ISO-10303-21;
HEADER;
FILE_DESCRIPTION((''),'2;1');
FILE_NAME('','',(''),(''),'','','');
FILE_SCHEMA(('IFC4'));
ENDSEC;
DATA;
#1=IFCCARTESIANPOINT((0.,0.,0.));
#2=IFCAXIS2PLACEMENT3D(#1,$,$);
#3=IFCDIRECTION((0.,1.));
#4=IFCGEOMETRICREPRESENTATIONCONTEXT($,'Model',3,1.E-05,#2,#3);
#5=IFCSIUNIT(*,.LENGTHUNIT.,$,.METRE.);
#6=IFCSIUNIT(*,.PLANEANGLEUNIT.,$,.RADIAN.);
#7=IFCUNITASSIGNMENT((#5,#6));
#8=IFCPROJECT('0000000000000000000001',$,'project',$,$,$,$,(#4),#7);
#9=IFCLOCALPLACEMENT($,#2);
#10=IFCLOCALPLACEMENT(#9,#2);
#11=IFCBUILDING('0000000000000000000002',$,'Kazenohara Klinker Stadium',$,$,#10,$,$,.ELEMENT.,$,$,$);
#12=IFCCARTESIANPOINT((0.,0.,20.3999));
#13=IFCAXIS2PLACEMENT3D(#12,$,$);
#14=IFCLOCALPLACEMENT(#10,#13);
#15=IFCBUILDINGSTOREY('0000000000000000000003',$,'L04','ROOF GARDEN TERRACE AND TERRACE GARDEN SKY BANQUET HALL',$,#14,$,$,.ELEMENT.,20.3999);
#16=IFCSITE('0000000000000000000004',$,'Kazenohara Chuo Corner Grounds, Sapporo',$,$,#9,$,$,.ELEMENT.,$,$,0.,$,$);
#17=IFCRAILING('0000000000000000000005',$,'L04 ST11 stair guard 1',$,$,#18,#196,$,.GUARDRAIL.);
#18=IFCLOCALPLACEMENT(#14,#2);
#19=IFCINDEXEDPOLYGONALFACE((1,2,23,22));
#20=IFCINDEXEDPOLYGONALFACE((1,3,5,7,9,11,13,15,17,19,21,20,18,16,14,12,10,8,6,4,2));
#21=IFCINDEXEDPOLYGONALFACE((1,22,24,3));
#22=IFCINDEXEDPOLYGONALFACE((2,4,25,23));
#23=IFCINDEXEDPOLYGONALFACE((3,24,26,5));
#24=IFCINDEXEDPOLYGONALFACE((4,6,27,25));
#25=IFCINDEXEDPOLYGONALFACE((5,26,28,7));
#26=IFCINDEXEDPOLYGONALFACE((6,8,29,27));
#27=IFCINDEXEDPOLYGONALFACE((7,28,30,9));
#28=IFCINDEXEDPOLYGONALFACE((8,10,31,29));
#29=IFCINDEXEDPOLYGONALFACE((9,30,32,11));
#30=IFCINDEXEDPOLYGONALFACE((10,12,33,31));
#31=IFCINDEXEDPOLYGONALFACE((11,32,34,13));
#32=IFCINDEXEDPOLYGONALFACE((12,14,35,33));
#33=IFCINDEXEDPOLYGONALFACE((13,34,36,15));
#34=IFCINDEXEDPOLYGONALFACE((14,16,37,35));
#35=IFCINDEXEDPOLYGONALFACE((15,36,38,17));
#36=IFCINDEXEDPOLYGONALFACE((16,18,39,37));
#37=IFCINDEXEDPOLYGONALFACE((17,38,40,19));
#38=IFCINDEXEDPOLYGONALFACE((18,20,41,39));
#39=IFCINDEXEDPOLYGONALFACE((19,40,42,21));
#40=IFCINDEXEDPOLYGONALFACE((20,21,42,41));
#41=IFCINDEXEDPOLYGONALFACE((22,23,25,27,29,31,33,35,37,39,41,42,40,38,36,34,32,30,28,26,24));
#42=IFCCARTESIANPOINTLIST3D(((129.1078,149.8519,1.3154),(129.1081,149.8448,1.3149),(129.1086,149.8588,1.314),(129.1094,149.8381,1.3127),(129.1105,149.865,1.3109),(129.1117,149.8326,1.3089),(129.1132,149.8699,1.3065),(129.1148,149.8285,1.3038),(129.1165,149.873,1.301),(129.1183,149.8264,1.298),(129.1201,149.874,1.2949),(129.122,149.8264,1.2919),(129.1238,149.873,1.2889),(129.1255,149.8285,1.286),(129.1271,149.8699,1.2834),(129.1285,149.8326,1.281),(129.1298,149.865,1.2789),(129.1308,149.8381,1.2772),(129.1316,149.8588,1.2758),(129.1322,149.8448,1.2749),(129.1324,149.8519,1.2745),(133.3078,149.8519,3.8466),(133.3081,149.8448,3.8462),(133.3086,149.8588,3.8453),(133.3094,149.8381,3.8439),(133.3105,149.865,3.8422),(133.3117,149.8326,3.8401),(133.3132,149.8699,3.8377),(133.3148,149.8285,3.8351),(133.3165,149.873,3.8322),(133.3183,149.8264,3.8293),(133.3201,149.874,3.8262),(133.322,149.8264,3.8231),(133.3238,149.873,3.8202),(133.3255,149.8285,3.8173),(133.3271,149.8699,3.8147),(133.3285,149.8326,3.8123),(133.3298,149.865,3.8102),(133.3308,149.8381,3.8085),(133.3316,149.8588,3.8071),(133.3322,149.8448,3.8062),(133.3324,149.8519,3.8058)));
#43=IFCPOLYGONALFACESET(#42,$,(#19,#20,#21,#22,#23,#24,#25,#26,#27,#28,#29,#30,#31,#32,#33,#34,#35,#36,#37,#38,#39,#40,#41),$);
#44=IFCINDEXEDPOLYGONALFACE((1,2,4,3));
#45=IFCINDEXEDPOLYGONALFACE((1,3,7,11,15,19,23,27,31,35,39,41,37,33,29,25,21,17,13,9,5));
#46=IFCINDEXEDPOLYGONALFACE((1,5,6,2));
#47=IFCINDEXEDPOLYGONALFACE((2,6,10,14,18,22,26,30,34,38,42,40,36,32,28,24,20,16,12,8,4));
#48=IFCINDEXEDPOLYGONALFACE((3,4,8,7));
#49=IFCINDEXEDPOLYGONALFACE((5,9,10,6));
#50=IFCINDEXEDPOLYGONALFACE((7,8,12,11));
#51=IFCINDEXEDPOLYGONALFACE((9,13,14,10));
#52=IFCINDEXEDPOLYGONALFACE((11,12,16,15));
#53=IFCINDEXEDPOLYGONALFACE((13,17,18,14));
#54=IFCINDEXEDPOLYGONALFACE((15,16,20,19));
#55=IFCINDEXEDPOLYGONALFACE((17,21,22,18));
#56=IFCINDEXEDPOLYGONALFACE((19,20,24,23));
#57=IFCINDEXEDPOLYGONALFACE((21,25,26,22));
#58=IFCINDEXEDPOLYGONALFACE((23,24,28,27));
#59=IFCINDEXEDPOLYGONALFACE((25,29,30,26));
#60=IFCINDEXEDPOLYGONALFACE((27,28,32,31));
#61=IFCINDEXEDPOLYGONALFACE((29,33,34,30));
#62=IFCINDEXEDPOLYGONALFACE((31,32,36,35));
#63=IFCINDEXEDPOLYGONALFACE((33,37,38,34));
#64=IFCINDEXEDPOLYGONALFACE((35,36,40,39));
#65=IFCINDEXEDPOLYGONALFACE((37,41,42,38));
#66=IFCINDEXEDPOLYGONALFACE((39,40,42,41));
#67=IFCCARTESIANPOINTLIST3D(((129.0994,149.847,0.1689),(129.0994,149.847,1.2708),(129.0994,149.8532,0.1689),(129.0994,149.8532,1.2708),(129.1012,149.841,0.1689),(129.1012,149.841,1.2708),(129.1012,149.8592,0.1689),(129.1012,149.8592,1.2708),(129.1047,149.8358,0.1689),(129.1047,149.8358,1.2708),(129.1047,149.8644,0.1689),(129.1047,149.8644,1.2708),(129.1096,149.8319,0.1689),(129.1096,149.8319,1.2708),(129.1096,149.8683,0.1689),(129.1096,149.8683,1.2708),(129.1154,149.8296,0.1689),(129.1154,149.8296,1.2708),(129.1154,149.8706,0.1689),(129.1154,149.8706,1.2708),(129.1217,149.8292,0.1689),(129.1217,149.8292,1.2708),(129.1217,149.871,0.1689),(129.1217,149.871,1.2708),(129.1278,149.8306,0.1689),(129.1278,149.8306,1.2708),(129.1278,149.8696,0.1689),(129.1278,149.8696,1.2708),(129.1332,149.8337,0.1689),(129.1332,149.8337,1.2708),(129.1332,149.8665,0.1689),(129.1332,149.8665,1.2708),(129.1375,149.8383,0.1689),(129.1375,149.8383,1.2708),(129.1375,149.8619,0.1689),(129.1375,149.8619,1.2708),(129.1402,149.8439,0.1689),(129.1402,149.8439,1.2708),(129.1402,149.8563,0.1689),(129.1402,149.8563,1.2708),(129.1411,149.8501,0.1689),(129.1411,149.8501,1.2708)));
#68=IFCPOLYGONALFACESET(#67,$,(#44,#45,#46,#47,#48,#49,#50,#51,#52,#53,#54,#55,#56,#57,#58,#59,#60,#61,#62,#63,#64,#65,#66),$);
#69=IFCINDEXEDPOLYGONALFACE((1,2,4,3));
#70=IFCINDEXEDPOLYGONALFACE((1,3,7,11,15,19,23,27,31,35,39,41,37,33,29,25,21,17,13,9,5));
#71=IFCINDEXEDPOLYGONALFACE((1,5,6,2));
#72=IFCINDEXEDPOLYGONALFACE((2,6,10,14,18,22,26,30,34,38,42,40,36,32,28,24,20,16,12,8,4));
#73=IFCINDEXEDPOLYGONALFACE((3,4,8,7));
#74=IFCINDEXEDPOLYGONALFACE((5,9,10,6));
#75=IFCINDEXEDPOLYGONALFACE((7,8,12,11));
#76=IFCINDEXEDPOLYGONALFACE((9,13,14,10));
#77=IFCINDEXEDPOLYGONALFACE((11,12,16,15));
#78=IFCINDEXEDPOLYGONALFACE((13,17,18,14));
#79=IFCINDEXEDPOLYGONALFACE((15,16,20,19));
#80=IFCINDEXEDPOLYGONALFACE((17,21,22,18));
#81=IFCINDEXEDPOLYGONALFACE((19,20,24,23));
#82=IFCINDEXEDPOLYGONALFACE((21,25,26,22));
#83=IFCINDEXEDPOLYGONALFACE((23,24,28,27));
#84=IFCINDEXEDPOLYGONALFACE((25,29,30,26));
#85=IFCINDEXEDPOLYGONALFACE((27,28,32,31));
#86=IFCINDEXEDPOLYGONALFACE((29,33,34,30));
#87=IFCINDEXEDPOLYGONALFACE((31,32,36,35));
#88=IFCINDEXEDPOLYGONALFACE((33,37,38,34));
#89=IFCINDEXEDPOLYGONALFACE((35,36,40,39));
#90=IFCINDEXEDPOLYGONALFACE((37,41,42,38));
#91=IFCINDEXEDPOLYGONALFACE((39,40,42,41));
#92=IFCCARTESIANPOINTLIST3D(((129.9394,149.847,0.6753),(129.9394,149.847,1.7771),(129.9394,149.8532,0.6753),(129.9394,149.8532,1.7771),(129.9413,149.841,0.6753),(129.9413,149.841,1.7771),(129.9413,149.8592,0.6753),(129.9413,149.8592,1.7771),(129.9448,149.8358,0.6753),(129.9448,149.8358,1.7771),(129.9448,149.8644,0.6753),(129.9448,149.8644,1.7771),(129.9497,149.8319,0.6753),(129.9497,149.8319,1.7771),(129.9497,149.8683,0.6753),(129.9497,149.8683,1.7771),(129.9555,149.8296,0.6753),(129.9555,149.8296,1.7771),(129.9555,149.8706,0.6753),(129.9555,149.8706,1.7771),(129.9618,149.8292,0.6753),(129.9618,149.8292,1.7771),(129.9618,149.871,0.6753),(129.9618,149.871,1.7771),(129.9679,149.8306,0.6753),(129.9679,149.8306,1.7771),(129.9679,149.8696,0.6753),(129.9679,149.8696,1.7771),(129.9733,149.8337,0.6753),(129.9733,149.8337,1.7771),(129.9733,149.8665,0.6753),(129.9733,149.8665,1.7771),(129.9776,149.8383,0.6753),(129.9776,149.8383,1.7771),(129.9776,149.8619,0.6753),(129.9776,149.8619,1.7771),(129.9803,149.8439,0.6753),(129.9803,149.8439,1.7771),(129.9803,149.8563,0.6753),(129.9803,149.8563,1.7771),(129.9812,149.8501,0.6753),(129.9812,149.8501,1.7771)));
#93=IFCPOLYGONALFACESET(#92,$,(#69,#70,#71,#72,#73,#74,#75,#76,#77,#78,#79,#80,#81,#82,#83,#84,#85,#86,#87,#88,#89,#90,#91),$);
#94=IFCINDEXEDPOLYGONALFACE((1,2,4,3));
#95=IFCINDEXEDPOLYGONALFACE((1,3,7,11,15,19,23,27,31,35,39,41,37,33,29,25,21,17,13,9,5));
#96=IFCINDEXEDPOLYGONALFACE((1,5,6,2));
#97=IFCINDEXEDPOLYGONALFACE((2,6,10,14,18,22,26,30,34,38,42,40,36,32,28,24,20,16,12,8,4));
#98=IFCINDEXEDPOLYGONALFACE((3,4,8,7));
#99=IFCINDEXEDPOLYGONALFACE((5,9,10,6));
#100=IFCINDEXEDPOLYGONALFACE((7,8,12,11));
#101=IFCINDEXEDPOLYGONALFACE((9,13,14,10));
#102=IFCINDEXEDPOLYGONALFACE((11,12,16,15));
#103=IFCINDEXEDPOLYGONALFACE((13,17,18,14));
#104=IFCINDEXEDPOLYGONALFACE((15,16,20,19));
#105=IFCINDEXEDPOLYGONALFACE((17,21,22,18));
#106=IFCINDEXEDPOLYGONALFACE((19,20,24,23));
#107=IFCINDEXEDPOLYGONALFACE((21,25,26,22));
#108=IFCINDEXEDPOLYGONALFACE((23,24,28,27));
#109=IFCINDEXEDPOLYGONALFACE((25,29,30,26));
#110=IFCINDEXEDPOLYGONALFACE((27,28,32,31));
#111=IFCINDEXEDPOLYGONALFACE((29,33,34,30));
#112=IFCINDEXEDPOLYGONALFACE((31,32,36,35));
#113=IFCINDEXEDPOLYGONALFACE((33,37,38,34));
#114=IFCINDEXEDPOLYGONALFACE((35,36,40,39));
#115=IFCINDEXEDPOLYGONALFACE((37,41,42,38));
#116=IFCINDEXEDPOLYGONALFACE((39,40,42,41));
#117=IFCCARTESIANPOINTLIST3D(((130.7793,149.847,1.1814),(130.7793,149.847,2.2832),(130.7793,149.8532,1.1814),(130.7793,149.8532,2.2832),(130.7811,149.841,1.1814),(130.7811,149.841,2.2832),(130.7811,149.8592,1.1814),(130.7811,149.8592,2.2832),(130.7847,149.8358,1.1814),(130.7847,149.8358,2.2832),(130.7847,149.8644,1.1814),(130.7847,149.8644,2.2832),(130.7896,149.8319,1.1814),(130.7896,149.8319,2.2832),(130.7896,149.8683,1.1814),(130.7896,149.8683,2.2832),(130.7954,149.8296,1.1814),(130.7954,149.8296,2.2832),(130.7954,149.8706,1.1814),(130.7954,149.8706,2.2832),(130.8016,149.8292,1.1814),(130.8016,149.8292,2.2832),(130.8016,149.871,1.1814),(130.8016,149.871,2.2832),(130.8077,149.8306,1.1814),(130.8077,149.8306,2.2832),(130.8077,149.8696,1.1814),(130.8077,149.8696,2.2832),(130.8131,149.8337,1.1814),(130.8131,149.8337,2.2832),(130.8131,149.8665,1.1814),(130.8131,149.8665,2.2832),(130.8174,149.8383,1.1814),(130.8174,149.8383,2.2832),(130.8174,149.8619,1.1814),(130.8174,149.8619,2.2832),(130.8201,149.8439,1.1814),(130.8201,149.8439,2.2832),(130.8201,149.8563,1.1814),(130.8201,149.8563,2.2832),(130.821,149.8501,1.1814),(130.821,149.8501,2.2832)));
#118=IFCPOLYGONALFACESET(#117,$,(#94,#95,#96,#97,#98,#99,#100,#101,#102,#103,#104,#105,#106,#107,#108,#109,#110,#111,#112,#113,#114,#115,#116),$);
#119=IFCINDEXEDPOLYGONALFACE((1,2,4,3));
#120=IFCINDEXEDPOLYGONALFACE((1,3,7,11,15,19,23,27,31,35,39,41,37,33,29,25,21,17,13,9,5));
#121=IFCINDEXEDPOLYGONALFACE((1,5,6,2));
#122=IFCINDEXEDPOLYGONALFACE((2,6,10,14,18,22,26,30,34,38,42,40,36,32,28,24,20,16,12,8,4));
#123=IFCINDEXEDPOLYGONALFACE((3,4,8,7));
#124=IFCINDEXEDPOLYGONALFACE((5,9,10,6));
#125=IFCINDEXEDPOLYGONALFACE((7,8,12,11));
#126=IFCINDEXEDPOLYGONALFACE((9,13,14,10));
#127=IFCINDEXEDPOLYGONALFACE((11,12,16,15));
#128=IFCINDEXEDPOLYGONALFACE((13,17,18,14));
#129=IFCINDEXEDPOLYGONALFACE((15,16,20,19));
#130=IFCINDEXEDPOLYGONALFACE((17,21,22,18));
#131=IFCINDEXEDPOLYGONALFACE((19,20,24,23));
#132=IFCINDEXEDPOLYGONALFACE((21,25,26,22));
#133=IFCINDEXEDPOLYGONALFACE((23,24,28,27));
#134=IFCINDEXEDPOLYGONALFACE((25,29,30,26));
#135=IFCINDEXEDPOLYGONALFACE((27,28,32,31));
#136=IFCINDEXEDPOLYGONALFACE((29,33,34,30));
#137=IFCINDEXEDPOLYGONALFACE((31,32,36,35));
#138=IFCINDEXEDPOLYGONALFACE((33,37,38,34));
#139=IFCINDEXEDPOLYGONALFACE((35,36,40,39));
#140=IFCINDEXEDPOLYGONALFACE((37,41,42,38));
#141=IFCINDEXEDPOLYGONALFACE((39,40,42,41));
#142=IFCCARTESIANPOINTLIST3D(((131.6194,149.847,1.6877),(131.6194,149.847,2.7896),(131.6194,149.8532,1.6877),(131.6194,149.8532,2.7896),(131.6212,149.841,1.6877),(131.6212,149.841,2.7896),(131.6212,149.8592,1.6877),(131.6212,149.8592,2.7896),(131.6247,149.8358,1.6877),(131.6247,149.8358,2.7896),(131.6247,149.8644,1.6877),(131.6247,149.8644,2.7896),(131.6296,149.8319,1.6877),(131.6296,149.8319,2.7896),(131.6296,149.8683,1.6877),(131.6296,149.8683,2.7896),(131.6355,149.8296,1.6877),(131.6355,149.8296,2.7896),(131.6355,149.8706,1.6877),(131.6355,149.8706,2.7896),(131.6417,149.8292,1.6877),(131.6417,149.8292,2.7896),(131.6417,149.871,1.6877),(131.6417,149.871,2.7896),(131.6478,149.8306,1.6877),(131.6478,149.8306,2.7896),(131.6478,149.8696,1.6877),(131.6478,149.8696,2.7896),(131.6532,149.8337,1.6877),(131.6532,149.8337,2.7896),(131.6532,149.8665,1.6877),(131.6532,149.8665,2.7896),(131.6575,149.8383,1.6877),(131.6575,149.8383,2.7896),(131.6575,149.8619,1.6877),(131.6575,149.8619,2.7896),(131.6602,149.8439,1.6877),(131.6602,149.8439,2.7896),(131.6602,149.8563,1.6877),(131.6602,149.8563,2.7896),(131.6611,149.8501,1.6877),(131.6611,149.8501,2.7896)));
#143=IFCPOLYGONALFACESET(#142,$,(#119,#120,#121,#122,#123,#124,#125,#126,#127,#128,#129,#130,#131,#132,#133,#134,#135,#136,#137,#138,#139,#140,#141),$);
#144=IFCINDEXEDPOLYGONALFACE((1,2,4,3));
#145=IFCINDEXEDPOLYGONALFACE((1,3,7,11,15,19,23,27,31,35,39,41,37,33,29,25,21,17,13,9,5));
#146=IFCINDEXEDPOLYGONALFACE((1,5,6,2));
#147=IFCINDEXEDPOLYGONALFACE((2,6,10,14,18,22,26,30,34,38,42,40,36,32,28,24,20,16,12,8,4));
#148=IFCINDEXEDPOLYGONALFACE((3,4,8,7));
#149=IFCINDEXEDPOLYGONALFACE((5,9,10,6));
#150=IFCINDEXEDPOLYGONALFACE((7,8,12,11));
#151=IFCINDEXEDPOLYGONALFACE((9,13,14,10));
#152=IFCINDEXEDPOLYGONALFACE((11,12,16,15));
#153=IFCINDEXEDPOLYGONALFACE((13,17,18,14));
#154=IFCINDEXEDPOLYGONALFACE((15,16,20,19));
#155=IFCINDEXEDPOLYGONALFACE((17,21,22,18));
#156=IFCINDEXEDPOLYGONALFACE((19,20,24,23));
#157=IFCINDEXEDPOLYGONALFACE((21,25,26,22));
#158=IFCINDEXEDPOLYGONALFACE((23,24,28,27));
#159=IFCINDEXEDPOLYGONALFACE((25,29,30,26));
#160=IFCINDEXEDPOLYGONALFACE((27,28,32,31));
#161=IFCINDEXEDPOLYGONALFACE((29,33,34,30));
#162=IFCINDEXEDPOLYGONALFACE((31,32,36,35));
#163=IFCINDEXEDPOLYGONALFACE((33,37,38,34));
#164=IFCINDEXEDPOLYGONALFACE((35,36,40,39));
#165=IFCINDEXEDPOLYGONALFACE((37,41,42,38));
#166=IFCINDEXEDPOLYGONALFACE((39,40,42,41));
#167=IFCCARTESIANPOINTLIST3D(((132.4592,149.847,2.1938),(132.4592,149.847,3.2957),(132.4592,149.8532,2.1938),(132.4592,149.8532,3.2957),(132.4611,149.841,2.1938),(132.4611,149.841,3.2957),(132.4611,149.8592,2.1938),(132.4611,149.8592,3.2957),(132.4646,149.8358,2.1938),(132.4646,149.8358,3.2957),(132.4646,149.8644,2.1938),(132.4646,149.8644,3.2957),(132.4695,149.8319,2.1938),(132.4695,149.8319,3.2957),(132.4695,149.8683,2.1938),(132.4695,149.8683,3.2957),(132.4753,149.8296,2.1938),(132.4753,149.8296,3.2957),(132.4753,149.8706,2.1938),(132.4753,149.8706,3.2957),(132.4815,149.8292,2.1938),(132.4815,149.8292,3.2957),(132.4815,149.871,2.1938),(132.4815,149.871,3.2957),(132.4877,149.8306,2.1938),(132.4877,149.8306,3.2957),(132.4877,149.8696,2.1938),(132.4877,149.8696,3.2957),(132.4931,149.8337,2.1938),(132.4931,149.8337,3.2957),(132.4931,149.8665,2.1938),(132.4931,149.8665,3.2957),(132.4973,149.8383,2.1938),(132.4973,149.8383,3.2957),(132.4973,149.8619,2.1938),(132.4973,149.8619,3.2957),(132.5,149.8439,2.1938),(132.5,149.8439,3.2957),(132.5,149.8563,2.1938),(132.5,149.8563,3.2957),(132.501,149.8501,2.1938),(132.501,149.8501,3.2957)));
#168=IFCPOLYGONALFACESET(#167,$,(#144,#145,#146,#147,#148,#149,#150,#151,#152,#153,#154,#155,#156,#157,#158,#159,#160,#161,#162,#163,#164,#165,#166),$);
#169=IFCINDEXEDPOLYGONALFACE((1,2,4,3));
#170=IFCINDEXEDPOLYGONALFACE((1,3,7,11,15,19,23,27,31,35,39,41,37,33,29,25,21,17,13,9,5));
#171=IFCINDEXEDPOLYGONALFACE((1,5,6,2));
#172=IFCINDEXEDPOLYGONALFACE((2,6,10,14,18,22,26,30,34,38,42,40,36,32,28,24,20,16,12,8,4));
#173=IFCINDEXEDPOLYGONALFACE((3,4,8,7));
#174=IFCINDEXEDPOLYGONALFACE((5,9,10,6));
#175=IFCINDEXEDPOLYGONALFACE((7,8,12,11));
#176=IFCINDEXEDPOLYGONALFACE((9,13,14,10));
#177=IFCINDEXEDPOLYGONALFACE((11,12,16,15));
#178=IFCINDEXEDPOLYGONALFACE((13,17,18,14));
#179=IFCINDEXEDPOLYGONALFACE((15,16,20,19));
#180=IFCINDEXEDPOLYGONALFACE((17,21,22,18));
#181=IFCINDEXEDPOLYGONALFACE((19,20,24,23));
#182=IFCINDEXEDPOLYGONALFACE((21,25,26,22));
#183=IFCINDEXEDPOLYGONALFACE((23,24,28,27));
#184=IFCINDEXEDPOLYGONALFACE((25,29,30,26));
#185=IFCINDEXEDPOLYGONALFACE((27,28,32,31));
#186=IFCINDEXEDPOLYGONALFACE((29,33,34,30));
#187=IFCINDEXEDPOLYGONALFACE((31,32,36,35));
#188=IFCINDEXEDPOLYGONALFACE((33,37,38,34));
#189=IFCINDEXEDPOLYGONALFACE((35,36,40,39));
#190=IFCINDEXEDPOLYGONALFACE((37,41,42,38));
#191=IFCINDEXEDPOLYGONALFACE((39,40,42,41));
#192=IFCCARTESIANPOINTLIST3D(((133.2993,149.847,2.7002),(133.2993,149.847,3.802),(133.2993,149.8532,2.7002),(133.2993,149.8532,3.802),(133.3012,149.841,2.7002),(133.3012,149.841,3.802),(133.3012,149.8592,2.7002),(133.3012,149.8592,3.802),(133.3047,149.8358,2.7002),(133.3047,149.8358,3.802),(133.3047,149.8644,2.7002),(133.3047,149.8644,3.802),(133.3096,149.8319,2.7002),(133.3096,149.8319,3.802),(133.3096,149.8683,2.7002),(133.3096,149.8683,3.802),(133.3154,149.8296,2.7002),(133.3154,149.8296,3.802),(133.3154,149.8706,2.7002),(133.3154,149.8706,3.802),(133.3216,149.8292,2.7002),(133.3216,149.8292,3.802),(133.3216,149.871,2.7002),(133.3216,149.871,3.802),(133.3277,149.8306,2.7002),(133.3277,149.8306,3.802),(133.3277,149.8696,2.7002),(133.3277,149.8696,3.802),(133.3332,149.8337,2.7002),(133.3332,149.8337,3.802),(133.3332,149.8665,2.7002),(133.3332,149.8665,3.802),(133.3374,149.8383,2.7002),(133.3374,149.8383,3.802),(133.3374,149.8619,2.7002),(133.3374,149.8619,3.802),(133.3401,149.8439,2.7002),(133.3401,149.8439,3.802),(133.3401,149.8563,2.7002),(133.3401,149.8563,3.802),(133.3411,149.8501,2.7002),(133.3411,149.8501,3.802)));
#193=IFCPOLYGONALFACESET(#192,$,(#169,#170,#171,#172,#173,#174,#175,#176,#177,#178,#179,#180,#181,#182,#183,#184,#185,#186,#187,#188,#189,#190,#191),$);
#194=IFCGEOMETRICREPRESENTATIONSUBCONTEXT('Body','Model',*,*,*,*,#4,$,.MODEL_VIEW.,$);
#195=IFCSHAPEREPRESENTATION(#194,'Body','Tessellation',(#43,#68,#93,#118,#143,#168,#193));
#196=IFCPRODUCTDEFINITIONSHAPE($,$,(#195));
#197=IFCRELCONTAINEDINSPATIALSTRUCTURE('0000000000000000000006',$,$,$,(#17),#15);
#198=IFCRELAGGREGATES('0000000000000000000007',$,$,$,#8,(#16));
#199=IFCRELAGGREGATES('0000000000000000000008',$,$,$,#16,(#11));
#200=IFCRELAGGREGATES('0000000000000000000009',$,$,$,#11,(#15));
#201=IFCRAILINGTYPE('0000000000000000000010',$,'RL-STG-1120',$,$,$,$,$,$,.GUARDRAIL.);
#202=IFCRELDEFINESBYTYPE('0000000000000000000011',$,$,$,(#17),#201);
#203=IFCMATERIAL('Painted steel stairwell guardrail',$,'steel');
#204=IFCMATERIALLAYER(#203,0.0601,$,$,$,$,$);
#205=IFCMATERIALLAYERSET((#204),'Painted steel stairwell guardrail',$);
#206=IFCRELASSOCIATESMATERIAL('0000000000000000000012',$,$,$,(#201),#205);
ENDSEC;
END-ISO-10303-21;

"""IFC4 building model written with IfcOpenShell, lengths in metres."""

from ifc_helpers import new_model, si_unit, direction, frame, origin, origin_2d, place, context, subcontext, project, spatial, circle, extrude, material, layer, layer_set, type_object, element, save


model = new_model("IFC4")

# Units and contexts
model_context = context("Model", 3, precision=1e-05, world=origin(), true_north=direction((0.0, 1.0)))
body_context = subcontext(model_context, "Body", "Model", "MODEL_VIEW")
ifc_project = project(units=[si_unit("LENGTHUNIT", "METRE"), si_unit("PLANEANGLEUNIT", "RADIAN")], contexts=[model_context])

# Site, building, storey
site_placement = place(None, origin())
site = spatial("IfcSite", under=ifc_project, at=site_placement, Name="Kazenohara Chuo Corner Grounds, Sapporo", CompositionType="ELEMENT", RefElevation=0.0)
building_placement = place(site_placement, origin())
building = spatial("IfcBuilding", under=site, at=building_placement, Name="Kazenohara Klinker Stadium", CompositionType="ELEMENT")
storey_placement = place(building_placement, frame((0.0, 0.0, 20.3999)))
storey = spatial("IfcBuildingStorey", under=building, at=storey_placement, Name="L04", Description="ROOF GARDEN TERRACE AND TERRACE GARDEN SKY BANQUET HALL", CompositionType="ELEMENT", Elevation=20.3999)

# Railing
ifc_material_1 = material(Name="Painted steel stairwell guardrail", Category="steel")
ifc_layer_1 = layer(ifc_material_1, 0.0601)
ifc_layer_set_1 = layer_set([ifc_layer_1], Name="Painted steel stairwell guardrail")
railing_type_1 = type_object("IfcRailingType", Name="RL-STG-1120", PredefinedType="GUARDRAIL", material=ifc_layer_set_1)
railing_1_placement = place(storey_placement, frame((129.1201, 149.8501, 0.1689)))
element("IfcRailing", 1, at=railing_1_placement, inside=storey, type_object=railing_type_1, Name="L04 ST11 stair guard 1", PredefinedType="GUARDRAIL", context=body_context, shape_type="SweptSolid", body=[
    extrude(circle(Radius=0.0239, at=origin_2d()), frame((0.0, 0.0, 1.126), z_axis=(0.856476, 0.0, 0.516186), x_axis=(0.0, 1.0, 0.0)), (0.0, 0.0, 1.0), 4.9038),
    extrude(circle(Radius=0.021, at=origin_2d()), origin(), (0.0, 0.0, 1.0), 1.1018),
    extrude(circle(Radius=0.021, at=origin_2d()), frame((0.8401, 0.0, 0.5063)), (0.0, 0.0, 1.0), 1.1018),
    extrude(circle(Radius=0.021, at=origin_2d()), frame((1.6799, 0.0, 1.0125)), (0.0, 0.0, 1.0), 1.1018),
    extrude(circle(Radius=0.021, at=origin_2d()), frame((2.52, 0.0, 1.5188)), (0.0, 0.0, 1.0), 1.1018),
    extrude(circle(Radius=0.021, at=origin_2d()), frame((3.3599, 0.0, 2.0249)), (0.0, 0.0, 1.0), 1.1018),
    extrude(circle(Radius=0.021, at=origin_2d()), frame((4.2, 0.0, 2.5312)), (0.0, 0.0, 1.0), 1.1018),
])

save(model, "model.ifc")
